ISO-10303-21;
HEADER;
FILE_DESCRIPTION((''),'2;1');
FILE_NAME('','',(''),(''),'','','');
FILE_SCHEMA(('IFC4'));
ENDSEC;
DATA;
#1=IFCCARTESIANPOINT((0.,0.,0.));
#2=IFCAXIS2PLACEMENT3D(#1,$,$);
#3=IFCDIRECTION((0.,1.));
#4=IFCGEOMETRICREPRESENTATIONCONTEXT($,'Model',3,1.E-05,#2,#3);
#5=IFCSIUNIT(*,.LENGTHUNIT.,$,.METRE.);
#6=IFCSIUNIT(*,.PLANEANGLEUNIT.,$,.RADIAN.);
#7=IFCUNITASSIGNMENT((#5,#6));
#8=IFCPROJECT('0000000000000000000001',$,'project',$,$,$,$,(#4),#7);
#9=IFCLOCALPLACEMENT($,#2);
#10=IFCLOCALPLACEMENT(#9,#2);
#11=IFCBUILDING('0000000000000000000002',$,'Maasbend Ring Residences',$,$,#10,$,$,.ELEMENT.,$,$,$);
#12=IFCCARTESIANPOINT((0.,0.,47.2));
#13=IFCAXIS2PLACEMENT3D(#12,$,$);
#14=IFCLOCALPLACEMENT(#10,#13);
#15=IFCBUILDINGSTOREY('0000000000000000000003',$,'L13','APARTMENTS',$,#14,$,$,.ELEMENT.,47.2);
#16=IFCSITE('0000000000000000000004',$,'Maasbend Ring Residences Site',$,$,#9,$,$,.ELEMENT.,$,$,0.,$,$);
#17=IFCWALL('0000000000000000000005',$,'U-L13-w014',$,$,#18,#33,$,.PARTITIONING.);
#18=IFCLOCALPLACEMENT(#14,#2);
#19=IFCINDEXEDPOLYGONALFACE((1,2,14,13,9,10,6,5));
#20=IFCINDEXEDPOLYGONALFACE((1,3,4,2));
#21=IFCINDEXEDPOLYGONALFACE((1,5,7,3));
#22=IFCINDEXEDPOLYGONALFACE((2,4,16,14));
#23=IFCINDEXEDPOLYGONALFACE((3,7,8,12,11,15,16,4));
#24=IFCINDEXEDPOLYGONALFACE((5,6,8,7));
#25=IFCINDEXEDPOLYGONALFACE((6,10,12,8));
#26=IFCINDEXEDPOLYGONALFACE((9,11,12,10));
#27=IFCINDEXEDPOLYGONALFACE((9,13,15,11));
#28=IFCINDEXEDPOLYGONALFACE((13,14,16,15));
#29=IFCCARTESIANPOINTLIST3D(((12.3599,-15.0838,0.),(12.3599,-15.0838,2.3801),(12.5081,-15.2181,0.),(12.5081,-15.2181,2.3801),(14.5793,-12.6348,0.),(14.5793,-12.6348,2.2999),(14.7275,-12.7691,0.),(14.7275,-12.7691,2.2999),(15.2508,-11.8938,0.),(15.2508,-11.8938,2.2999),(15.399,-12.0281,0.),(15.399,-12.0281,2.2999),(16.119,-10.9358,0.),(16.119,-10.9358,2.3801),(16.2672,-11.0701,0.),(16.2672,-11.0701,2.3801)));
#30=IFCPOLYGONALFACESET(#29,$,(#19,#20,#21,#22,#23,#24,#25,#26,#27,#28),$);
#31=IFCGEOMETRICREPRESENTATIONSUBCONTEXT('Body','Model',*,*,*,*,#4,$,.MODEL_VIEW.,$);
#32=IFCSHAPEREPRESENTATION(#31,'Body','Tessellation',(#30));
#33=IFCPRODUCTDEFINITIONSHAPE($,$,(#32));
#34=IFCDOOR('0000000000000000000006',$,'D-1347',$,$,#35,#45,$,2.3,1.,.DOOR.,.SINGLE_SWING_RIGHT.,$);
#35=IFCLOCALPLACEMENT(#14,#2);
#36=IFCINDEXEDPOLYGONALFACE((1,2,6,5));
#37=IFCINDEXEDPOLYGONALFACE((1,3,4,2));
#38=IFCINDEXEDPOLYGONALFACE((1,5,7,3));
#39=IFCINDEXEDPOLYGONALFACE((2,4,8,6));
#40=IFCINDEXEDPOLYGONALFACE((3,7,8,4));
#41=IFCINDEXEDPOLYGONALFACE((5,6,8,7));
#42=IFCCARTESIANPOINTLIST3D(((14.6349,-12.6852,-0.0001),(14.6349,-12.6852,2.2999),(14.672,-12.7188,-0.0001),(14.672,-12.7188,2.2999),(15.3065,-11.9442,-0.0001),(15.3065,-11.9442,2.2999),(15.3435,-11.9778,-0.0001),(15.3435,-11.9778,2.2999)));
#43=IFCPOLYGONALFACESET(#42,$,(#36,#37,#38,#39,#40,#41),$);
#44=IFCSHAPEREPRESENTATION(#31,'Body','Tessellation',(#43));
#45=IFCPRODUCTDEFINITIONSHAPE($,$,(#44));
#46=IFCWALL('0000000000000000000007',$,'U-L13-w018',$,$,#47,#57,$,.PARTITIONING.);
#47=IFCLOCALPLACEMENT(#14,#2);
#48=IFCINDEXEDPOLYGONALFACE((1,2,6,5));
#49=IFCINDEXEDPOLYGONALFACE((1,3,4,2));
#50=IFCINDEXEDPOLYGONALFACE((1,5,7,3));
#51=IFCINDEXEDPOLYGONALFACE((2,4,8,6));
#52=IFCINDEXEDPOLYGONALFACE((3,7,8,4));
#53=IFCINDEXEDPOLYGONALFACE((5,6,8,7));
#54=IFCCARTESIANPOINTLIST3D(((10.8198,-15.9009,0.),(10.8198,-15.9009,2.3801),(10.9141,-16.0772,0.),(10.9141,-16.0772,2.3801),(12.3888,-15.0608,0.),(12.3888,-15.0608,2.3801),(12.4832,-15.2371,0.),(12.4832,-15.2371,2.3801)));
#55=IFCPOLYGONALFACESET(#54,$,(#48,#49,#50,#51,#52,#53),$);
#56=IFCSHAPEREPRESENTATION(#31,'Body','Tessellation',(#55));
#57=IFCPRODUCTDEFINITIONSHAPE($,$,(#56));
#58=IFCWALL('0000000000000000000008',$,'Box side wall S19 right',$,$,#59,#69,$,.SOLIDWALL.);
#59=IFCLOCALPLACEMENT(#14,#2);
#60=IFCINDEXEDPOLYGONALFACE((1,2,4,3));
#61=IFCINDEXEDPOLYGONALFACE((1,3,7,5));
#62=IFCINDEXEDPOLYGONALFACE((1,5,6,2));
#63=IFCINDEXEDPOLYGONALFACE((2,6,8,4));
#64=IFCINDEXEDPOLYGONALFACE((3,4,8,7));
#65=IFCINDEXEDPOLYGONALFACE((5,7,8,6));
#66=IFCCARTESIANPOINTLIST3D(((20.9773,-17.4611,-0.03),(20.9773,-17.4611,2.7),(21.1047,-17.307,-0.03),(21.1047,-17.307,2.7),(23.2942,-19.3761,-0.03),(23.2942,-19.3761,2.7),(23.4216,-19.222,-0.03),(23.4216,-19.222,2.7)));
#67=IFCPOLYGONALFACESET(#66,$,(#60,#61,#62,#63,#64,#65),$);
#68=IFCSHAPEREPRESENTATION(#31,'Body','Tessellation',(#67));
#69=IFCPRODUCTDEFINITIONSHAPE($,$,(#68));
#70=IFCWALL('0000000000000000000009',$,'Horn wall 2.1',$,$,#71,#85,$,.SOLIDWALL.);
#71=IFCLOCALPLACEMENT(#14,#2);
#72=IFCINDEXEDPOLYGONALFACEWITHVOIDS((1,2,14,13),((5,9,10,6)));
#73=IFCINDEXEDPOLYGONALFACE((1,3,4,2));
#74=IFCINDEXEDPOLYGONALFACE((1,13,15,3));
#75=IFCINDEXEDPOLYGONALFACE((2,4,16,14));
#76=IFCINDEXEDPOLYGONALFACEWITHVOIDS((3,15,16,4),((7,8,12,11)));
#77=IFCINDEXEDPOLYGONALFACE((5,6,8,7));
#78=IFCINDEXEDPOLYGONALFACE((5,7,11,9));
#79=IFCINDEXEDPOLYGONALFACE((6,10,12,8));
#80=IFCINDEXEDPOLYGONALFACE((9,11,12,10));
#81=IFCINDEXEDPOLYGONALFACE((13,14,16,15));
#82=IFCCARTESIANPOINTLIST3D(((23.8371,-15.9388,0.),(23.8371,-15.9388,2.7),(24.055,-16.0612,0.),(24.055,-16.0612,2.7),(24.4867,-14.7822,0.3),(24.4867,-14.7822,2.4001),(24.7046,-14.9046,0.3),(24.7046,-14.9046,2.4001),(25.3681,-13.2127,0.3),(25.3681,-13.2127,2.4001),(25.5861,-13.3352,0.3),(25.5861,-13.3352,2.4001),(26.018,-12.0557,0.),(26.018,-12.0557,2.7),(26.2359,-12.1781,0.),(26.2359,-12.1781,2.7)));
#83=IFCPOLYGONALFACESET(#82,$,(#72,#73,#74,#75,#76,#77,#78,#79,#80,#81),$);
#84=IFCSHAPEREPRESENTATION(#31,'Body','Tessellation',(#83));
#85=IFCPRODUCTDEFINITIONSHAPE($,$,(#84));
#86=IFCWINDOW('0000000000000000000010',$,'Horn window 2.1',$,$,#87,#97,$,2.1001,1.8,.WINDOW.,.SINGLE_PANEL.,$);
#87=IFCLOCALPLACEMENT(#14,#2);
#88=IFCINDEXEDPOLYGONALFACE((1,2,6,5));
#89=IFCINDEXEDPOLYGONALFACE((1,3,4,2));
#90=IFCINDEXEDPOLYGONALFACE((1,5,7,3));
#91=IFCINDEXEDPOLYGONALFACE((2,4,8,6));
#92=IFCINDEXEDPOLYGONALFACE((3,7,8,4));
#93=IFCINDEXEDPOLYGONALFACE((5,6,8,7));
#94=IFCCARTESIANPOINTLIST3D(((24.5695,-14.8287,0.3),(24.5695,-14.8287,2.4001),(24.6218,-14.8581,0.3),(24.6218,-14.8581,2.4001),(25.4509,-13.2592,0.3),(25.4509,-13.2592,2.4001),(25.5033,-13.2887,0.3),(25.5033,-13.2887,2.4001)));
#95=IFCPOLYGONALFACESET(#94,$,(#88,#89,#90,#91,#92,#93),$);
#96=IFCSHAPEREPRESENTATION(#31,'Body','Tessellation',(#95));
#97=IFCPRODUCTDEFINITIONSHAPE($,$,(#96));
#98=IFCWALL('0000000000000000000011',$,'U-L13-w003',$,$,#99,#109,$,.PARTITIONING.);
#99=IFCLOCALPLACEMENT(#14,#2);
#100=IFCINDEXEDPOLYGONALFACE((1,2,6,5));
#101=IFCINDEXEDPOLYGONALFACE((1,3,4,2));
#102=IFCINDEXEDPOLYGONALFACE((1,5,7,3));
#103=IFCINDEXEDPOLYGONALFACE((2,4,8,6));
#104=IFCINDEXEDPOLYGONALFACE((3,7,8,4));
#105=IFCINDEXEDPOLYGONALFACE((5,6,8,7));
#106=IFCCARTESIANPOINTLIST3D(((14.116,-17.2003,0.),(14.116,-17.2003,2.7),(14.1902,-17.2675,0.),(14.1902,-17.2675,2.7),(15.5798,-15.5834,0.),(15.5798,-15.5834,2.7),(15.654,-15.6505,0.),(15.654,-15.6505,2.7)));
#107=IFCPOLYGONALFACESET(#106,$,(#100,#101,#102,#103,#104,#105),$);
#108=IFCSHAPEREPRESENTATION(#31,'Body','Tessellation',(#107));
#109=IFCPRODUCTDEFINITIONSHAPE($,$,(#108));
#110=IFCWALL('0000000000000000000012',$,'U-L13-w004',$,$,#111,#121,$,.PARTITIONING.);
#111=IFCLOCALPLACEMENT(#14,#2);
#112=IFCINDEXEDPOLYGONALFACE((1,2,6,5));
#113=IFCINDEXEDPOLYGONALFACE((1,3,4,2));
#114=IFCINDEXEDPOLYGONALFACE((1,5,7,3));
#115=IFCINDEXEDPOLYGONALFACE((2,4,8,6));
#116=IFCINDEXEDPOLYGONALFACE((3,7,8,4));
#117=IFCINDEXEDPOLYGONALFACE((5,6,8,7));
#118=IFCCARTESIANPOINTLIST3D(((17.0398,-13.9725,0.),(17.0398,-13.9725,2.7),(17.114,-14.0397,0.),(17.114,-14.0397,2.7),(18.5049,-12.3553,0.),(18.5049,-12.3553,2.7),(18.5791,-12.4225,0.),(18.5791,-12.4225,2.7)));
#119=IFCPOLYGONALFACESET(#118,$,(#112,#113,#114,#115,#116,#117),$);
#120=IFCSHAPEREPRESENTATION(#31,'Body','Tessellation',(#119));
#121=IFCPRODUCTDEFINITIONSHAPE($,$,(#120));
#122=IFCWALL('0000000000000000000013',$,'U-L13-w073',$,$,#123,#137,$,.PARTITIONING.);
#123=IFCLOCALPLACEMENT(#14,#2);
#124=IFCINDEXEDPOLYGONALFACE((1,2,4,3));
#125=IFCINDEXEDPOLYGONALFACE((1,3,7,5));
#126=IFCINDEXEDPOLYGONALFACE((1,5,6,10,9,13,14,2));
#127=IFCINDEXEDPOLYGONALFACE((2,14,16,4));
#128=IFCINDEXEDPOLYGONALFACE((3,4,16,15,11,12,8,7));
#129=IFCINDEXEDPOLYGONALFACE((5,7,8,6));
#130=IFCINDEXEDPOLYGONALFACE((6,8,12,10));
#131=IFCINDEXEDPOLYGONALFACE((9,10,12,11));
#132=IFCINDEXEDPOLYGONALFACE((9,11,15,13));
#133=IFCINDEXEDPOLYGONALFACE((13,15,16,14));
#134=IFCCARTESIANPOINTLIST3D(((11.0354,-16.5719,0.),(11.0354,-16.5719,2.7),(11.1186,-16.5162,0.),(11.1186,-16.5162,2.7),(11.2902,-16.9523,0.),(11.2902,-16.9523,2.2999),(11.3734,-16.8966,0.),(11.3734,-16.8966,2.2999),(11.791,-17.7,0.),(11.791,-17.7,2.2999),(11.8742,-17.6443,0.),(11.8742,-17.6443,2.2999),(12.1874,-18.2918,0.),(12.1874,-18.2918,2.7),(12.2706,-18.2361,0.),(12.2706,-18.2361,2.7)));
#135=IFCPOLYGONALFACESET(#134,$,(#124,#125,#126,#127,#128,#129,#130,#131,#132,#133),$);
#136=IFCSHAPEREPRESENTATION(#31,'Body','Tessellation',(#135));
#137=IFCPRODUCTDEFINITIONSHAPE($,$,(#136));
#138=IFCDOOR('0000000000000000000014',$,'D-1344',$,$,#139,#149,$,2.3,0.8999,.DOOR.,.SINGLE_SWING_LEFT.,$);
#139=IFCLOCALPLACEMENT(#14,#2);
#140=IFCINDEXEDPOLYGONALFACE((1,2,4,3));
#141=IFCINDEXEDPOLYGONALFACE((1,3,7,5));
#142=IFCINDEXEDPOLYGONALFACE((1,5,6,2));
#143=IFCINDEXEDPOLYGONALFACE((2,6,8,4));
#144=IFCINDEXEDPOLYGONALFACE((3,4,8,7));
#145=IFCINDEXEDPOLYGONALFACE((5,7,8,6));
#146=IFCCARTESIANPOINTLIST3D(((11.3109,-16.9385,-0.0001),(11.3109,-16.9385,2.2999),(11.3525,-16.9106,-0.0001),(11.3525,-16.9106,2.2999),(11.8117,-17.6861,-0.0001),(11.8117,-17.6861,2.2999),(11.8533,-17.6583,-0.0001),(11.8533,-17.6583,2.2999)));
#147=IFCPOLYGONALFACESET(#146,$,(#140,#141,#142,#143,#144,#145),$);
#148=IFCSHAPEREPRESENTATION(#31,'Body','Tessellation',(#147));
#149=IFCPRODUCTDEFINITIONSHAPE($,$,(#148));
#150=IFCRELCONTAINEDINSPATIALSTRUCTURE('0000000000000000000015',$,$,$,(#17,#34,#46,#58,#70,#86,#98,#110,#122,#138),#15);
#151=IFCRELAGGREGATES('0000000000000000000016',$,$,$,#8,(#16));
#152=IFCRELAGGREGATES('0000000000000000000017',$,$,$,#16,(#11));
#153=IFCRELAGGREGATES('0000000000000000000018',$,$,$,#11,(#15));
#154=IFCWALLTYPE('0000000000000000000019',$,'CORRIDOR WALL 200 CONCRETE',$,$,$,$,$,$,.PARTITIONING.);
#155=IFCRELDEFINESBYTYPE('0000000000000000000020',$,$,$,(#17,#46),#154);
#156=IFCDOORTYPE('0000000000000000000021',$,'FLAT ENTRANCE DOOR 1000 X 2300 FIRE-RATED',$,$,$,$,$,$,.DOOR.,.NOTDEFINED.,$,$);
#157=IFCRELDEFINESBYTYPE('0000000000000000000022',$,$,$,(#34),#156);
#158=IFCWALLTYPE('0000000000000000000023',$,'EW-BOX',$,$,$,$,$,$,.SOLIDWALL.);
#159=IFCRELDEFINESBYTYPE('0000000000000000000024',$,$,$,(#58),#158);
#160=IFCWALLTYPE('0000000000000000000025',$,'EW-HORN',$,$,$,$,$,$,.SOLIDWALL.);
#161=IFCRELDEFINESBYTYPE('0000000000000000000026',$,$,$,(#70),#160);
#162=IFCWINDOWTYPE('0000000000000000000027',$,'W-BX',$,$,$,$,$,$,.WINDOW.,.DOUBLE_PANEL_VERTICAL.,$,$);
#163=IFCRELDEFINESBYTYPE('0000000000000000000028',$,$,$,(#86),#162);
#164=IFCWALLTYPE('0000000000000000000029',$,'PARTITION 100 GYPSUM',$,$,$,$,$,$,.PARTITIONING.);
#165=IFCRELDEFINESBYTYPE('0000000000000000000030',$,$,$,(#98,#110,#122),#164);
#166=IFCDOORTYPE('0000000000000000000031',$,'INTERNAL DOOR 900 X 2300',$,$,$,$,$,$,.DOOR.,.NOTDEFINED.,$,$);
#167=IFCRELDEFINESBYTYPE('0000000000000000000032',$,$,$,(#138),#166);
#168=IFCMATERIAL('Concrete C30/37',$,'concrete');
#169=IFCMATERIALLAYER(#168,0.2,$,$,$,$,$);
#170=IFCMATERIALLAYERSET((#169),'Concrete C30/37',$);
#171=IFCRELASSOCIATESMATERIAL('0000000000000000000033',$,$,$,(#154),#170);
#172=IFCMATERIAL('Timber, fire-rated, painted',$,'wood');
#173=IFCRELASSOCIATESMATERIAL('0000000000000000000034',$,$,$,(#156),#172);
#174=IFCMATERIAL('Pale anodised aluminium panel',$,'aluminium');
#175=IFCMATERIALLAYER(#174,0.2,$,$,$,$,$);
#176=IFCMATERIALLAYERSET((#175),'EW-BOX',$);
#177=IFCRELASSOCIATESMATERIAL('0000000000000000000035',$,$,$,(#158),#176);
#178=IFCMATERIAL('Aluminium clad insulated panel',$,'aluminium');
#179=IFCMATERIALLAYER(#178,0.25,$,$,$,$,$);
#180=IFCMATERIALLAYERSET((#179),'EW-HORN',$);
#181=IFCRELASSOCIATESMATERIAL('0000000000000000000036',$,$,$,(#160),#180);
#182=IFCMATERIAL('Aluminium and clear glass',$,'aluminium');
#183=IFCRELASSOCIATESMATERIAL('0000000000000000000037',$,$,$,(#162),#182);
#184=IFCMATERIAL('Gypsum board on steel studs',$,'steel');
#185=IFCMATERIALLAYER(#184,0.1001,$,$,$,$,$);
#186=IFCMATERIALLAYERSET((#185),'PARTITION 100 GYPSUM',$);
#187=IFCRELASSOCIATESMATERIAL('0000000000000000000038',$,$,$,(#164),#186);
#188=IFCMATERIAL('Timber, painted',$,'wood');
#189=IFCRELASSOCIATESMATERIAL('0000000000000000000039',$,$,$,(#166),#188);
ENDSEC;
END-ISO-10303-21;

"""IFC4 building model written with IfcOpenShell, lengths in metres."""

from ifc_helpers import new_model, si_unit, direction, frame, frame_2d, origin, place, context, subcontext, project, spatial, rectangle, extrude, material, layer, layer_set, type_object, element, fill, save


model = new_model("IFC4")

# Units and contexts
model_context = context("Model", 3, precision=1e-05, world=origin(), true_north=direction((0.0, 1.0)))
body_context = subcontext(model_context, "Body", "Model", "MODEL_VIEW")
ifc_project = project(units=[si_unit("LENGTHUNIT", "METRE"), si_unit("PLANEANGLEUNIT", "RADIAN")], contexts=[model_context])

# Site, building, storey
site_placement = place(None, origin())
site = spatial("IfcSite", under=ifc_project, at=site_placement, Name="Maasbend Ring Residences Site", CompositionType="ELEMENT", RefElevation=0.0)
building_placement = place(site_placement, origin())
building = spatial("IfcBuilding", under=site, at=building_placement, Name="Maasbend Ring Residences", CompositionType="ELEMENT")
storey_placement = place(building_placement, frame((0.0, 0.0, 47.2)))
storey = spatial("IfcBuildingStorey", under=building, at=storey_placement, Name="L13", Description="APARTMENTS", CompositionType="ELEMENT", Elevation=47.2)

# Wall, opening, door
ifc_material_1 = material(Name="Concrete C30/37", Category="concrete")
ifc_layer_1 = layer(ifc_material_1, 0.2)
ifc_layer_set_1 = layer_set([ifc_layer_1], Name="Concrete C30/37")
wall_type_1 = type_object("IfcWallType", Name="CORRIDOR WALL 200 CONCRETE", PredefinedType="PARTITIONING", material=ifc_layer_set_1)
wall_1_placement = place(storey_placement, frame((12.4341, -15.1509, 0.0), z_axis=(0.0, 0.0, 1.0), x_axis=(0.671515, 0.740991, 0.0)))
wall_1 = element("IfcWall", 1, at=wall_1_placement, inside=storey, type_object=wall_type_1, Name="U-L13-w014", PredefinedType="PARTITIONING", context=body_context, shape_type="SweptSolid", body=[
    extrude(rectangle(XDim=5.5979, YDim=0.2, at=frame_2d((2.7988, 0.0))), origin(), (0.0, 0.0, 1.0), 2.3801),
])
opening_1_placement = place(wall_1_placement, frame((3.3049, 0.0, 0.0)))
opening_1 = element("IfcOpeningElement", 2, at=opening_1_placement, cuts=wall_1, PredefinedType="OPENING", context=body_context, shape_type="SweptSolid", body=[
    extrude(rectangle(XDim=1.0, YDim=2.3, at=frame_2d((0.5, 1.1499))), frame((0.0, 0.1099, 0.0), z_axis=(0.0, -1.0, 0.0), x_axis=(1.0, 0.0, 0.0)), (0.0, 0.0, 1.0), 0.22),
])
ifc_material_2 = material(Name="Timber, fire-rated, painted", Category="wood")
door_type_1 = type_object("IfcDoorType", Name="FLAT ENTRANCE DOOR 1000 X 2300 FIRE-RATED", OperationType="NOTDEFINED", PredefinedType="DOOR", material=ifc_material_2)
door_1_placement = place(opening_1_placement, origin())
door_1 = element("IfcDoor", 3, at=door_1_placement, inside=storey, type_object=door_type_1, Name="D-1347", OperationType="SINGLE_SWING_RIGHT", OverallHeight=2.3, OverallWidth=1.0, PredefinedType="DOOR", context=body_context, shape_type="SweptSolid", body=[
    extrude(rectangle(XDim=1.0, YDim=2.3, at=frame_2d((0.5, 1.1499))), frame((0.0, 0.0249, 0.0), z_axis=(0.0, -1.0, 0.0), x_axis=(1.0, 0.0, 0.0)), (0.0, 0.0, 1.0), 0.05),
])
fill(opening_1, door_1)

# Walls
wall_2_placement = place(storey_placement, frame((10.8669, -15.989, 0.0), z_axis=(0.0, 0.0, 1.0), x_axis=(0.881596, 0.472004, 0.0)))
element("IfcWall", 4, at=wall_2_placement, inside=storey, type_object=wall_type_1, Name="U-L13-w018", PredefinedType="PARTITIONING", context=body_context, shape_type="SweptSolid", body=[
    extrude(rectangle(XDim=1.7798, YDim=0.2, at=frame_2d((0.8899, 0.0))), origin(), (0.0, 0.0, 1.0), 2.3801),
])
ifc_material_3 = material(Name="Pale anodised aluminium panel", Category="aluminium")
ifc_layer_2 = layer(ifc_material_3, 0.2)
ifc_layer_set_2 = layer_set([ifc_layer_2], Name="EW-BOX")
wall_type_2 = type_object("IfcWallType", Name="EW-BOX", PredefinedType="SOLIDWALL", material=ifc_layer_set_2)
wall_3_placement = place(storey_placement, frame((21.041, -17.384, -0.03), z_axis=(0.0, 0.0, 1.0), x_axis=(0.770785, -0.637096, 0.0)))
element("IfcWall", 5, at=wall_3_placement, inside=storey, type_object=wall_type_2, Name="Box side wall S19 right", PredefinedType="SOLIDWALL", context=body_context, shape_type="SweptSolid", body=[
    extrude(rectangle(XDim=3.0059, YDim=0.2, at=frame_2d((1.5029, 0.0))), origin(), (0.0, 0.0, 1.0), 2.73),
])

# Wall, opening, window
ifc_material_4 = material(Name="Aluminium clad insulated panel", Category="aluminium")
ifc_layer_3 = layer(ifc_material_4, 0.25)
ifc_layer_set_3 = layer_set([ifc_layer_3], Name="EW-HORN")
wall_type_3 = type_object("IfcWallType", Name="EW-HORN", PredefinedType="SOLIDWALL", material=ifc_layer_set_3)
wall_4_placement = place(storey_placement, frame((23.946, -16.0, 0.0), z_axis=(0.0, 0.0, 1.0), x_axis=(0.489696, 0.871893, 0.0)))
wall_4 = element("IfcWall", 6, at=wall_4_placement, inside=storey, type_object=wall_type_3, Name="Horn wall 2.1", PredefinedType="SOLIDWALL", context=body_context, shape_type="SweptSolid", body=[
    extrude(rectangle(XDim=4.4536, YDim=0.25, at=frame_2d((2.2268, 0.0))), origin(), (0.0, 0.0, 1.0), 2.7),
])
opening_2_placement = place(wall_4_placement, frame((1.3267, 0.0, 0.3)))
opening_2 = element("IfcOpeningElement", 7, at=opening_2_placement, cuts=wall_4, PredefinedType="OPENING", context=body_context, shape_type="SweptSolid", body=[
    extrude(rectangle(XDim=1.8, YDim=2.1001, at=frame_2d((0.8999, 1.05))), frame((0.0, 0.135, 0.0), z_axis=(0.0, -1.0, 0.0), x_axis=(1.0, 0.0, 0.0)), (0.0, 0.0, 1.0), 0.27),
])
ifc_material_5 = material(Name="Aluminium and clear glass", Category="aluminium")
window_type = type_object("IfcWindowType", Name="W-BX", PartitioningType="DOUBLE_PANEL_VERTICAL", PredefinedType="WINDOW", material=ifc_material_5)
window_placement = place(opening_2_placement, origin())
window = element("IfcWindow", 8, at=window_placement, inside=storey, type_object=window_type, Name="Horn window 2.1", OverallHeight=2.1001, OverallWidth=1.8, PartitioningType="SINGLE_PANEL", PredefinedType="WINDOW", context=body_context, shape_type="SweptSolid", body=[
    extrude(rectangle(XDim=1.8, YDim=2.1001, at=frame_2d((0.8999, 1.05))), frame((0.0, 0.03, 0.0), z_axis=(0.0, -1.0, 0.0), x_axis=(1.0, 0.0, 0.0)), (0.0, 0.0, 1.0), 0.0601),
])
fill(opening_2, window)

# Walls
ifc_material_6 = material(Name="Gypsum board on steel studs", Category="steel")
ifc_layer_4 = layer(ifc_material_6, 0.1001)
ifc_layer_set_4 = layer_set([ifc_layer_4], Name="PARTITION 100 GYPSUM")
wall_type_4 = type_object("IfcWallType", Name="PARTITION 100 GYPSUM", PredefinedType="PARTITIONING", material=ifc_layer_set_4)
wall_5_placement = place(storey_placement, frame((14.1531, -17.2339, 0.0), z_axis=(0.0, 0.0, 1.0), x_axis=(0.671145, 0.741326, 0.0)))
element("IfcWall", 9, at=wall_5_placement, inside=storey, type_object=wall_type_4, Name="U-L13-w003", PredefinedType="PARTITIONING", context=body_context, shape_type="SweptSolid", body=[
    extrude(rectangle(XDim=2.1812, YDim=0.1001, at=frame_2d((1.0906, 0.0))), origin(), (0.0, 0.0, 1.0), 2.7),
])
wall_6_placement = place(storey_placement, frame((17.0769, -14.0061, 0.0), z_axis=(0.0, 0.0, 1.0), x_axis=(0.671397, 0.741098, 0.0)))
element("IfcWall", 10, at=wall_6_placement, inside=storey, type_object=wall_type_4, Name="U-L13-w004", PredefinedType="PARTITIONING", context=body_context, shape_type="SweptSolid", body=[
    extrude(rectangle(XDim=2.1821, YDim=0.1001, at=frame_2d((1.0911, 0.0))), origin(), (0.0, 0.0, 1.0), 2.7),
])

# Wall, opening, door
wall_7_placement = place(storey_placement, frame((11.0769, -16.5439, 0.0), z_axis=(0.0, 0.0, 1.0), x_axis=(0.556522, -0.830833, 0.0)))
wall_7 = element("IfcWall", 11, at=wall_7_placement, inside=storey, type_object=wall_type_4, Name="U-L13-w073", PredefinedType="PARTITIONING", context=body_context, shape_type="SweptSolid", body=[
    extrude(rectangle(XDim=2.0701, YDim=0.1001, at=frame_2d((1.0352, 0.0))), origin(), (0.0, 0.0, 1.0), 2.7),
])
opening_3_placement = place(wall_7_placement, frame((0.458, 0.0, 0.0)))
opening_3 = element("IfcOpeningElement", 12, at=opening_3_placement, cuts=wall_7, PredefinedType="OPENING", context=body_context, shape_type="SweptSolid", body=[
    extrude(rectangle(XDim=0.8999, YDim=2.3, at=frame_2d((0.45, 1.1499))), frame((0.0, 0.0601, 0.0), z_axis=(0.0, -1.0, 0.0), x_axis=(1.0, 0.0, 0.0)), (0.0, 0.0, 1.0), 0.1201),
])
ifc_material_7 = material(Name="Timber, painted", Category="wood")
door_type_2 = type_object("IfcDoorType", Name="INTERNAL DOOR 900 X 2300", OperationType="NOTDEFINED", PredefinedType="DOOR", material=ifc_material_7)
door_2_placement = place(opening_3_placement, origin())
door_2 = element("IfcDoor", 13, at=door_2_placement, inside=storey, type_object=door_type_2, Name="D-1344", OperationType="SINGLE_SWING_LEFT", OverallHeight=2.3, OverallWidth=0.8999, PredefinedType="DOOR", context=body_context, shape_type="SweptSolid", body=[
    extrude(rectangle(XDim=0.8999, YDim=2.3, at=frame_2d((0.45, 1.1499))), frame((0.0, 0.0249, 0.0), z_axis=(0.0, -1.0, 0.0), x_axis=(1.0, 0.0, 0.0)), (0.0, 0.0, 1.0), 0.05),
])
fill(opening_3, door_2)

save(model, "model.ifc")
